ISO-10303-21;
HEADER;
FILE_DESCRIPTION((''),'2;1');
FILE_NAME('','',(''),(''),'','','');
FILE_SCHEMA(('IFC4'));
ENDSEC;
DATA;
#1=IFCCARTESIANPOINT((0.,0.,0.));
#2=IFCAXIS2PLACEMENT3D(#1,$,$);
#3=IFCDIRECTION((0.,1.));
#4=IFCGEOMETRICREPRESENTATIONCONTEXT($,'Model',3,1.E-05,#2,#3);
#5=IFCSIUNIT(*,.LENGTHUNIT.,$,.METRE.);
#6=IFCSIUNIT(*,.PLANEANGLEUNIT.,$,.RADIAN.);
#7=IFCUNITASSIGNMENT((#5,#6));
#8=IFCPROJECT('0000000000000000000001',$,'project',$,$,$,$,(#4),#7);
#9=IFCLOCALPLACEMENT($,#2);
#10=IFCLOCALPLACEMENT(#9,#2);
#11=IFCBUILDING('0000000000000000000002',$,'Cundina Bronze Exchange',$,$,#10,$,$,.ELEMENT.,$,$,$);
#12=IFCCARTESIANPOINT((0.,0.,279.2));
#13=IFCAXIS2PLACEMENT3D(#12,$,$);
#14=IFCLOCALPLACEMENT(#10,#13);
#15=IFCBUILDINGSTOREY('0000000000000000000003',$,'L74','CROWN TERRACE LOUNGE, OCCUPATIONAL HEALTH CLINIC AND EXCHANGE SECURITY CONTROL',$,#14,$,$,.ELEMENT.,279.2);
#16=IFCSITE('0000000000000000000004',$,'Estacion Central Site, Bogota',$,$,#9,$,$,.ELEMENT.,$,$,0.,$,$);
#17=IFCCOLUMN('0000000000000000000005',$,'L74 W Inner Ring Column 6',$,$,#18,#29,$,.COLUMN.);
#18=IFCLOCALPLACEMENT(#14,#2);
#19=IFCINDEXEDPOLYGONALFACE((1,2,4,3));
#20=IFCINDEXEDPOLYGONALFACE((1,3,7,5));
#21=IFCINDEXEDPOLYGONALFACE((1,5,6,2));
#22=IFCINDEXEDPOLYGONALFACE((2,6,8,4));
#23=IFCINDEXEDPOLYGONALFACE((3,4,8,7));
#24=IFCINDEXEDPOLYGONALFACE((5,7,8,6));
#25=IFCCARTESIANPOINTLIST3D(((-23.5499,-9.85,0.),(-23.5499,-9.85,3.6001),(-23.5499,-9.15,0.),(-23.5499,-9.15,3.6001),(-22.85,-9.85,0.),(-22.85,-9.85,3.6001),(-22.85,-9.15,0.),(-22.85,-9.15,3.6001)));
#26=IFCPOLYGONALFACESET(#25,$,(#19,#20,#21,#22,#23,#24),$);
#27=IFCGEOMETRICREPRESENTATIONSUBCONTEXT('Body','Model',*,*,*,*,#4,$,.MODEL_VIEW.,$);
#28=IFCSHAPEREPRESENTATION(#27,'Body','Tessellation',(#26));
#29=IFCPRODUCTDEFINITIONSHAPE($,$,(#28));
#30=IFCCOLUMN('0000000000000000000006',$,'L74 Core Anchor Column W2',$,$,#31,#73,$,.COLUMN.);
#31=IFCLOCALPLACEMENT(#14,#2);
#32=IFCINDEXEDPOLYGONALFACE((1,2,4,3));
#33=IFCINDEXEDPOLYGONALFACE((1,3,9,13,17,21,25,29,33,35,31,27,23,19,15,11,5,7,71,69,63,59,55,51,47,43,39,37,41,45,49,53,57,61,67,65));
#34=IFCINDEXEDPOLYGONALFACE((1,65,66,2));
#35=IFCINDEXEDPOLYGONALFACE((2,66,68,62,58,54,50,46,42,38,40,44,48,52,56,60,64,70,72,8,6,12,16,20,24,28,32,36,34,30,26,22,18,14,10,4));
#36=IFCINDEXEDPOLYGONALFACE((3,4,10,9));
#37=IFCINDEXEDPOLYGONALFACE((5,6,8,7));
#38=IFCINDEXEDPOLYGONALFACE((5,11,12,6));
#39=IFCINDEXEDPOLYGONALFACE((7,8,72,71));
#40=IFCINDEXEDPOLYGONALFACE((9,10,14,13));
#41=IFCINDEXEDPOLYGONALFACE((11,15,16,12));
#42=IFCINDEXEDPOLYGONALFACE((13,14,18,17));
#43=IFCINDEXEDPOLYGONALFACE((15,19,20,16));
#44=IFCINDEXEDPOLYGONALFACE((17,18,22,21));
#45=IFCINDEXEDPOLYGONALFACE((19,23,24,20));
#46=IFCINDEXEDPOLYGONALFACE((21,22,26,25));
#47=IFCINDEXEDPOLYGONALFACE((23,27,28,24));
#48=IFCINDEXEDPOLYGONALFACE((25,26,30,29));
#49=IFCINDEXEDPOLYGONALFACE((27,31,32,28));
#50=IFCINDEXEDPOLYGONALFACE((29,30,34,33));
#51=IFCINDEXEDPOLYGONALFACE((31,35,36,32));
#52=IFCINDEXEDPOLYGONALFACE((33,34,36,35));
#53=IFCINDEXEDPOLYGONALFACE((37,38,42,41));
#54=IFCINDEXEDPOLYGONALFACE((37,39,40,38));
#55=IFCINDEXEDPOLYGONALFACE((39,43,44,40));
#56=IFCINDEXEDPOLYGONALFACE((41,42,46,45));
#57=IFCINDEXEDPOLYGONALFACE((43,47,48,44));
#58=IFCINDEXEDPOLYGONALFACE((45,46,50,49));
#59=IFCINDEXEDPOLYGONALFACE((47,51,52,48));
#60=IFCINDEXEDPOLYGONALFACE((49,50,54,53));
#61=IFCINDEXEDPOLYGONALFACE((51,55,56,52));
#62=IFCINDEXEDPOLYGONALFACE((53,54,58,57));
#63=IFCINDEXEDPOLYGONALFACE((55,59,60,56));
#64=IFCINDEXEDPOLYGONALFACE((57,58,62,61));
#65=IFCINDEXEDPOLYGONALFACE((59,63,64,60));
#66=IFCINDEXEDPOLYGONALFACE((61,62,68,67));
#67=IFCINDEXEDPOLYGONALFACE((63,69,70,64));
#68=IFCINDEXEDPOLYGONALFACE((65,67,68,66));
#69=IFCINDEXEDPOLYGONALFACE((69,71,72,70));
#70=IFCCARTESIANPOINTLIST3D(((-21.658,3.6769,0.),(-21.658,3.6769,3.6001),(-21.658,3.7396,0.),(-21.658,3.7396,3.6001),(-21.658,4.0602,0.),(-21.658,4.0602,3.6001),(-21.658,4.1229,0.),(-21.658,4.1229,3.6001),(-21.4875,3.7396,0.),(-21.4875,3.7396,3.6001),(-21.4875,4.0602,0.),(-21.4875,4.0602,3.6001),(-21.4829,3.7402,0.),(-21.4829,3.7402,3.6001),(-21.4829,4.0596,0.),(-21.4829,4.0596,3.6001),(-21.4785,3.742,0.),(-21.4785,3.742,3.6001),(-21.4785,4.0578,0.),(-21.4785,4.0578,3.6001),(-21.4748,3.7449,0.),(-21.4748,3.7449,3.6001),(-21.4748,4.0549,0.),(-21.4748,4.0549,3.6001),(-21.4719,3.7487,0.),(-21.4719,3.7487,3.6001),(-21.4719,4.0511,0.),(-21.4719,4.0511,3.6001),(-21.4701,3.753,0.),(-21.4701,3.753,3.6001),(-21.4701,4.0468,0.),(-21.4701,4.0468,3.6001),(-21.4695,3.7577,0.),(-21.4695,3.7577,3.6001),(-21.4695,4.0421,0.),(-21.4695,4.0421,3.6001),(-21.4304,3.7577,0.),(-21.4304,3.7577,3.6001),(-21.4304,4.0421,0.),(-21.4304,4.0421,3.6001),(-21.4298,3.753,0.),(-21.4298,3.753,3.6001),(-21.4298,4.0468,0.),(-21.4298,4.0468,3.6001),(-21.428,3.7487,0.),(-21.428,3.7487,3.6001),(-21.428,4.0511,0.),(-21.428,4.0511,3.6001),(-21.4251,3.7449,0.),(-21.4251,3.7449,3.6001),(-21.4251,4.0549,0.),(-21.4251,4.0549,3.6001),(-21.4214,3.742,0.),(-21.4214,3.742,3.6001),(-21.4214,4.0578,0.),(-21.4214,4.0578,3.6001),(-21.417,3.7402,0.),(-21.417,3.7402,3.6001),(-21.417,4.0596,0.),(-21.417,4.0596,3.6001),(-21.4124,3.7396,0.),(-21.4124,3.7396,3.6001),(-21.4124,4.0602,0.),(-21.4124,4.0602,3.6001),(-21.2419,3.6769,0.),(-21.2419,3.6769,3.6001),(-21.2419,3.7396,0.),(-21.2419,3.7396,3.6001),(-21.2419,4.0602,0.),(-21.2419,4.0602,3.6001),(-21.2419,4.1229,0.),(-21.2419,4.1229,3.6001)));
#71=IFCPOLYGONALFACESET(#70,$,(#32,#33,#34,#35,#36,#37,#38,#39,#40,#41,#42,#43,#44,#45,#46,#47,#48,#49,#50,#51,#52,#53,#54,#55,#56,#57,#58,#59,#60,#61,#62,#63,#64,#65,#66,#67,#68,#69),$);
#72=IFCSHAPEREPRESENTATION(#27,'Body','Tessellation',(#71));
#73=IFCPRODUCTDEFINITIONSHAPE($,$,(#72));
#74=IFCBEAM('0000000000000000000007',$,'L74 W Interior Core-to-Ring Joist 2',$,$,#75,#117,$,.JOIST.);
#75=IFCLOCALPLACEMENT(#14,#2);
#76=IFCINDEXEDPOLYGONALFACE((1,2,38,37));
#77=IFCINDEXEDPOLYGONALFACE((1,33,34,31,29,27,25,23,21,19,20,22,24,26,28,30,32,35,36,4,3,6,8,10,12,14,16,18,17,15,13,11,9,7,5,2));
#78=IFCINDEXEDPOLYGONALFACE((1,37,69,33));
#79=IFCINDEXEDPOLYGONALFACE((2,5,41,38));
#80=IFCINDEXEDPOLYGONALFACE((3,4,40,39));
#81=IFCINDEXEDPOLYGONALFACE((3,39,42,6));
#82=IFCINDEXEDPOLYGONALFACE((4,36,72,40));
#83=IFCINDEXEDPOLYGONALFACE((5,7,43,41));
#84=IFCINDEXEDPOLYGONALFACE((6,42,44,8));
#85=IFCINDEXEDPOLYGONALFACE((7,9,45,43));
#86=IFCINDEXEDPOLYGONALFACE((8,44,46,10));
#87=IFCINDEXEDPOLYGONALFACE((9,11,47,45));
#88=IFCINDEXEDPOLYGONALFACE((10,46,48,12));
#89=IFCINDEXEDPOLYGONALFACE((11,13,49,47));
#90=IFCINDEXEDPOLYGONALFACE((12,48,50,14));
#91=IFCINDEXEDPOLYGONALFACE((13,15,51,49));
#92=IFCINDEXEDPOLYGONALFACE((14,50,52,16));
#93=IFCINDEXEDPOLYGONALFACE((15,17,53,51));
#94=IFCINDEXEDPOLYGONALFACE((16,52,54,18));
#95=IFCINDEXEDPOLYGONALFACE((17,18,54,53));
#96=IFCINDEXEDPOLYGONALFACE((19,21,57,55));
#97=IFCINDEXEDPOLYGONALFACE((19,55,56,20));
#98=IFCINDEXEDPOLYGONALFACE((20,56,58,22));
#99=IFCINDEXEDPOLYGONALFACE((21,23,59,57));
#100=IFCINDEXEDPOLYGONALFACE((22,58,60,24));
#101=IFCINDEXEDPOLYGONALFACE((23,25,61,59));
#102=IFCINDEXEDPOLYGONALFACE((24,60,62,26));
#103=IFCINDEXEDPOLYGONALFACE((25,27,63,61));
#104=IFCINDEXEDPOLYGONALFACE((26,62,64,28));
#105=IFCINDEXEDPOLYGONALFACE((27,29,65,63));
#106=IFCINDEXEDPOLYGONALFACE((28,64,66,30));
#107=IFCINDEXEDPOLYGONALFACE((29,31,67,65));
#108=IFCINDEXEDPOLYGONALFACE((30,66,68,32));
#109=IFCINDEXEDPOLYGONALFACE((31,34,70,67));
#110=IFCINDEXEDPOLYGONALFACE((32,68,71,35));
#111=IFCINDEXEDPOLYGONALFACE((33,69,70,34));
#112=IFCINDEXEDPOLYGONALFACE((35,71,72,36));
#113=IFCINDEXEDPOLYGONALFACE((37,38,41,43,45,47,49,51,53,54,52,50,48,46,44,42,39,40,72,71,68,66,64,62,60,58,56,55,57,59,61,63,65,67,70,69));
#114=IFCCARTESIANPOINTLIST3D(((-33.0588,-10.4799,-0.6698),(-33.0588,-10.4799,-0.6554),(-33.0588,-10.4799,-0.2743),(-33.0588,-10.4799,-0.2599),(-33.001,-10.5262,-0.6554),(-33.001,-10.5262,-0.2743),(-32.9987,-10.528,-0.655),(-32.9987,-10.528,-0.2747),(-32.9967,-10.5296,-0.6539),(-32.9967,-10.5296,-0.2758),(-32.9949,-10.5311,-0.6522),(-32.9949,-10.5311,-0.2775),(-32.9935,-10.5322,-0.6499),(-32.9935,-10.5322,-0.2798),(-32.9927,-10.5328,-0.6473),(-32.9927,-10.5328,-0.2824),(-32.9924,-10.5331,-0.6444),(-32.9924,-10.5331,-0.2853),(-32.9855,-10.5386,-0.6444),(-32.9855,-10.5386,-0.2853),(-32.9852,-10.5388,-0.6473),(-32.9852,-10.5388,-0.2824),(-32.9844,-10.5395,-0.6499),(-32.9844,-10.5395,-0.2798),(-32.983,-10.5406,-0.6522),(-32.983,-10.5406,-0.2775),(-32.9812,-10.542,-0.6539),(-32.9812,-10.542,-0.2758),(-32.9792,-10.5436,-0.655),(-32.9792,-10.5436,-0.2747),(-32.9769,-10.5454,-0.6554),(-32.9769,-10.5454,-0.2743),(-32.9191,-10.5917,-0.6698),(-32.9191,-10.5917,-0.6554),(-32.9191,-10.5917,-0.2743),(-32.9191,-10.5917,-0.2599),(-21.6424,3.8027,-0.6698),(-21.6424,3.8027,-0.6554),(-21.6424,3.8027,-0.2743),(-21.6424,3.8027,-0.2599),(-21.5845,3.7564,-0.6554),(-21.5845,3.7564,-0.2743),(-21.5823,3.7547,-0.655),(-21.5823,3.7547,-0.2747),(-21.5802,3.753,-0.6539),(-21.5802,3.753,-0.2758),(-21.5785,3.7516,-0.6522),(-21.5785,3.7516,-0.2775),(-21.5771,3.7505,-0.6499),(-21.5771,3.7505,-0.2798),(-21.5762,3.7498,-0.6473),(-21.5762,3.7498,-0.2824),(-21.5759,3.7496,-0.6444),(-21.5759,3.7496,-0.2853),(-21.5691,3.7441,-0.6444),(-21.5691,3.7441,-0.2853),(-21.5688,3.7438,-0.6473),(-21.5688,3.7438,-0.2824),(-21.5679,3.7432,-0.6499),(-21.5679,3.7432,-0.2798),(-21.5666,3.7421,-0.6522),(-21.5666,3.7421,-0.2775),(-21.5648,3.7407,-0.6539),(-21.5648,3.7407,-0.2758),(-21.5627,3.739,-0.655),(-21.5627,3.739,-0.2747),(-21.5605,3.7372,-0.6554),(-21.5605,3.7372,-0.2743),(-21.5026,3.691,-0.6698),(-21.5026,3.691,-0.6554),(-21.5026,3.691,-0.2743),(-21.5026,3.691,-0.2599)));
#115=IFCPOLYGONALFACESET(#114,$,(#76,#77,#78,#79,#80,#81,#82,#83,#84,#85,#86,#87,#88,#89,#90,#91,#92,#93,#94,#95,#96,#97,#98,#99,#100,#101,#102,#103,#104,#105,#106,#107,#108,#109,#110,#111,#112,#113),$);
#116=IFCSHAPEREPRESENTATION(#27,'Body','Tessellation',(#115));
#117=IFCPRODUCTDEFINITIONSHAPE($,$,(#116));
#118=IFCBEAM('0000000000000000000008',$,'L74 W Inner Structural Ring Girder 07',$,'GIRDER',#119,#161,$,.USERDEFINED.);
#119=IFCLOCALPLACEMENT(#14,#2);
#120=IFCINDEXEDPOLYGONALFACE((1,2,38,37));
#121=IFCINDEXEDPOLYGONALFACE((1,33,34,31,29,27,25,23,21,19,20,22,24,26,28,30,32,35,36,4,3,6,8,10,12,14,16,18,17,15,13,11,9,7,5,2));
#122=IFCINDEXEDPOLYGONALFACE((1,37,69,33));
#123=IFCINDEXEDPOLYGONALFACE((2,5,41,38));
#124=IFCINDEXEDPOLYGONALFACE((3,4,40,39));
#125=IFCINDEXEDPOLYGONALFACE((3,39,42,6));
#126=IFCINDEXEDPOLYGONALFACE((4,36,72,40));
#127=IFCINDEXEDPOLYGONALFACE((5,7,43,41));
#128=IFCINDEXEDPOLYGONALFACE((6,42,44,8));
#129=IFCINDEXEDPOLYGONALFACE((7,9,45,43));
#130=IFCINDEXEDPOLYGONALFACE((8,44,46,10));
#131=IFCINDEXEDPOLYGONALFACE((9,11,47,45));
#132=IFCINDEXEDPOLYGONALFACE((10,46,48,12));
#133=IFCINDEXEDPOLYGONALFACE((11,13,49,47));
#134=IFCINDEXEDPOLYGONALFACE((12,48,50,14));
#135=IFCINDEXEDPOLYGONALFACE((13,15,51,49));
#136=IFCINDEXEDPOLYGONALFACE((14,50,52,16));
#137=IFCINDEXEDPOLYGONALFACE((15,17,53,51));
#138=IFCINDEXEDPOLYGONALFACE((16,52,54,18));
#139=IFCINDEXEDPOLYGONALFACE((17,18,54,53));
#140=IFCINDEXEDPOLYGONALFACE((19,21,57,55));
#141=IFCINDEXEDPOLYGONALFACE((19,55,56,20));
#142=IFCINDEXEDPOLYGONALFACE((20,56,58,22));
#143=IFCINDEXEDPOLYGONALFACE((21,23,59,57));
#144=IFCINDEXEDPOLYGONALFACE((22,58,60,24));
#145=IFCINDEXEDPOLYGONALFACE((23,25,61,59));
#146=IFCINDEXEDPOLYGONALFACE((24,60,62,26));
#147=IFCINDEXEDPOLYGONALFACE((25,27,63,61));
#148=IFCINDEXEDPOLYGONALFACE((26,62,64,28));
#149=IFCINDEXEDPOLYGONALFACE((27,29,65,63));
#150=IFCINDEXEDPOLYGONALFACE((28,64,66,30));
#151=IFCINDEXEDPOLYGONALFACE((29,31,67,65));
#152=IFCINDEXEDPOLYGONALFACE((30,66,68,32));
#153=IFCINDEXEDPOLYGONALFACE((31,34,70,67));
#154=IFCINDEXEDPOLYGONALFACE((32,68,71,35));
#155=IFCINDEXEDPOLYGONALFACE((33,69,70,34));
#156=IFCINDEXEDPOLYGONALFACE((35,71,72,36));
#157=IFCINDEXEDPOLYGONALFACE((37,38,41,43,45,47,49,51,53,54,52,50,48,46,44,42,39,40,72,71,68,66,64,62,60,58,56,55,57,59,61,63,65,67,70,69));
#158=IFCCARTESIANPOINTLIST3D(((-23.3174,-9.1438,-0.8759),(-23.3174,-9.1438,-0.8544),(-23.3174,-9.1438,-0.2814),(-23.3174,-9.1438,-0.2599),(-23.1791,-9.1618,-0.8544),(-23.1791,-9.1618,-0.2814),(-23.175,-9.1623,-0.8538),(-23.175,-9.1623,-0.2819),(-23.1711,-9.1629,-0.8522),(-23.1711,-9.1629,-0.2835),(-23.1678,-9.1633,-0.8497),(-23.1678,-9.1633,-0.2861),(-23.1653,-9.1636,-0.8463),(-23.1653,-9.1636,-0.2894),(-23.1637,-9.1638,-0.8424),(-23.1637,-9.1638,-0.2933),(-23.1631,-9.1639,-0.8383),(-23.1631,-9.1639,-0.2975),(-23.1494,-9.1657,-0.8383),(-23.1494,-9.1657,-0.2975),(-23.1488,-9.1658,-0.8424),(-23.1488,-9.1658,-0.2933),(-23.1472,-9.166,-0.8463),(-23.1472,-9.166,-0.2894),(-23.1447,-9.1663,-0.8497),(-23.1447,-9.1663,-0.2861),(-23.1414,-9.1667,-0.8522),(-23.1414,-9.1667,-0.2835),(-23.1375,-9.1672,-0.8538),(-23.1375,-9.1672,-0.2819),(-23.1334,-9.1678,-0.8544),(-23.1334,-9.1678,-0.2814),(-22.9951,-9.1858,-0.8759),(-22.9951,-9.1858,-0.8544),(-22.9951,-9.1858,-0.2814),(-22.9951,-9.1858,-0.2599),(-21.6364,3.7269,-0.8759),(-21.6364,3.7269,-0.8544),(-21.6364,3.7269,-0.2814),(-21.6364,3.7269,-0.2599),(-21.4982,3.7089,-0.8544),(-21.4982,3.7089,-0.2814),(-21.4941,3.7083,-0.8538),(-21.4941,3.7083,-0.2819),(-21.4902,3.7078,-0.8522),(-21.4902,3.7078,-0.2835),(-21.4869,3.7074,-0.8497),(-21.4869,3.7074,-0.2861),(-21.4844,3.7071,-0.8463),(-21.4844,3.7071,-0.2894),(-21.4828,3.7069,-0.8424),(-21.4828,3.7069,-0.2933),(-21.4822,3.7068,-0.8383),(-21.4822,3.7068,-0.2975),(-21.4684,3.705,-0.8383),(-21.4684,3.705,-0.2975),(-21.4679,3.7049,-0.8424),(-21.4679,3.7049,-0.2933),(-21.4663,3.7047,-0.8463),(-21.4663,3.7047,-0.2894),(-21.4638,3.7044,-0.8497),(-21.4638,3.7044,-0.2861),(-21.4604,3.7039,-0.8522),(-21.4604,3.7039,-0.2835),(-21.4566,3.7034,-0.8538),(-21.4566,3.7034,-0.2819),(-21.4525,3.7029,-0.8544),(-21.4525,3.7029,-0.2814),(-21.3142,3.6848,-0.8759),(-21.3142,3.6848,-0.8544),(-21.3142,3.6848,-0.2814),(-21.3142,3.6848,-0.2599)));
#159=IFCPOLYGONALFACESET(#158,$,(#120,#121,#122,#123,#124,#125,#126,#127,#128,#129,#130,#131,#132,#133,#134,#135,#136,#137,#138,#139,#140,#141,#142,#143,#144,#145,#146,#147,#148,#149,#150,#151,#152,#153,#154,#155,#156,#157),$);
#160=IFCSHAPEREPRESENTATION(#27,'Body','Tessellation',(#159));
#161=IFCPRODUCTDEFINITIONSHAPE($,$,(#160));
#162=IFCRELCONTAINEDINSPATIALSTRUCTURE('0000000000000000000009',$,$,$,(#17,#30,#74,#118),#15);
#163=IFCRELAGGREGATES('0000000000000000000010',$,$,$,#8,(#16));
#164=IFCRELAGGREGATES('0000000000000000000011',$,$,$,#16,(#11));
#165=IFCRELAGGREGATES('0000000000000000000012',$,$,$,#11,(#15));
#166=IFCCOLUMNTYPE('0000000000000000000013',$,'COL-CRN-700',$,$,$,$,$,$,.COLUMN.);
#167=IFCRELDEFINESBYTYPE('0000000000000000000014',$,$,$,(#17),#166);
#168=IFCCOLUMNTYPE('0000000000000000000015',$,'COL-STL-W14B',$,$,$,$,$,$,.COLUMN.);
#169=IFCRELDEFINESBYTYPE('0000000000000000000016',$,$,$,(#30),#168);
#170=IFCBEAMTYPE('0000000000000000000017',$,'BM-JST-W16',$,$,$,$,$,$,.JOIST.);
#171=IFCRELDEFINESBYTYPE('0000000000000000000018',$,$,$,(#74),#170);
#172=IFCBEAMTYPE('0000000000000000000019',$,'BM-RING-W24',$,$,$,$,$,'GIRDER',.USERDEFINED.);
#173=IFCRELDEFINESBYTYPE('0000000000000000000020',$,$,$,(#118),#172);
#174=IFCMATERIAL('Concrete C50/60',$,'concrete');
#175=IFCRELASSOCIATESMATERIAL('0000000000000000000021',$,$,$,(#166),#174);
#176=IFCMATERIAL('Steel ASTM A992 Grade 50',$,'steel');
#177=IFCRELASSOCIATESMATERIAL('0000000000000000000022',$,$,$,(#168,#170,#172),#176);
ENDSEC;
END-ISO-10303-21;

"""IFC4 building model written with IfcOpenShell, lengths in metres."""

from ifc_helpers import new_model, si_unit, direction, frame, origin, origin_2d, place, context, subcontext, project, spatial, rectangle, i_section, extrude, material, material_profile, profile_set, type_object, element, save


model = new_model("IFC4")

# Units and contexts
model_context = context("Model", 3, precision=1e-05, world=origin(), true_north=direction((0.0, 1.0)))
body_context = subcontext(model_context, "Body", "Model", "MODEL_VIEW")
ifc_project = project(units=[si_unit("LENGTHUNIT", "METRE"), si_unit("PLANEANGLEUNIT", "RADIAN")], contexts=[model_context])

# Site, building, storey
site_placement = place(None, origin())
site = spatial("IfcSite", under=ifc_project, at=site_placement, Name="Estacion Central Site, Bogota", CompositionType="ELEMENT", RefElevation=0.0)
building_placement = place(site_placement, origin())
building = spatial("IfcBuilding", under=site, at=building_placement, Name="Cundina Bronze Exchange", CompositionType="ELEMENT")
storey_placement = place(building_placement, frame((0.0, 0.0, 279.2)))
storey = spatial("IfcBuildingStorey", under=building, at=storey_placement, Name="L74", Description="CROWN TERRACE LOUNGE, OCCUPATIONAL HEALTH CLINIC AND EXCHANGE SECURITY CONTROL", CompositionType="ELEMENT", Elevation=279.2)

# Columns
ifc_material_1 = material(Name="Concrete C50/60", Category="concrete")
ifc_material_profile_1 = material_profile(ifc_material_1, rectangle(XDim=0.7, YDim=0.7, at=origin_2d()), Name="RC700X700", Category="concrete")
ifc_profile_set_1 = profile_set([ifc_material_profile_1], Name="Concrete C50/60")
column_type_1 = type_object("IfcColumnType", Name="COL-CRN-700", PredefinedType="COLUMN", material=ifc_profile_set_1)
column_1_placement = place(storey_placement, frame((-23.2, -9.5, 0.0), z_axis=(0.0, 0.0, 1.0), x_axis=(1.0, 0.0, 0.0)))
element("IfcColumn", 1, at=column_1_placement, inside=storey, type_object=column_type_1, Name="L74 W Inner Ring Column 6", PredefinedType="COLUMN", context=body_context, shape_type="SweptSolid", body=[
    extrude(rectangle(XDim=0.7, YDim=0.7, at=origin_2d()), origin(), (0.0, 0.0, 1.0), 3.6001),
])
ifc_material_2 = material(Name="Steel ASTM A992 Grade 50", Category="steel")
ifc_material_profile_2 = material_profile(ifc_material_2, i_section(OverallWidth=0.416, OverallDepth=0.446, WebThickness=0.0391, FlangeThickness=0.0627, FilletRadius=0.0181, at=origin_2d()), Name="W14X342", Category="steel")
ifc_profile_set_2 = profile_set([ifc_material_profile_2], Name="Steel ASTM A992 Grade 50")
column_type_2 = type_object("IfcColumnType", Name="COL-STL-W14B", PredefinedType="COLUMN", material=ifc_profile_set_2)
column_2_placement = place(storey_placement, frame((-21.45, 3.8999, 0.0), z_axis=(0.0, 0.0, 1.0), x_axis=(1.0, 0.0, 0.0)))
element("IfcColumn", 2, at=column_2_placement, inside=storey, type_object=column_type_2, Name="L74 Core Anchor Column W2", PredefinedType="COLUMN", context=body_context, shape_type="SweptSolid", body=[
    extrude(i_section(OverallWidth=0.416, OverallDepth=0.446, WebThickness=0.0391, FlangeThickness=0.0627, FilletRadius=0.0181, at=origin_2d()), origin(), (0.0, 0.0, 1.0), 3.6001),
])

# Beams
ifc_material_profile_3 = material_profile(ifc_material_2, i_section(OverallWidth=0.179, OverallDepth=0.4099, WebThickness=0.0088, FlangeThickness=0.0144, FilletRadius=0.011, at=origin_2d()), Name="W16X45", Category="steel")
ifc_profile_set_3 = profile_set([ifc_material_profile_3], Name="Steel ASTM A992 Grade 50")
beam_type_1 = type_object("IfcBeamType", Name="BM-JST-W16", PredefinedType="JOIST", material=ifc_profile_set_3)
beam_1_placement = place(storey_placement, frame((-21.5725, 3.7468, -0.4648), z_axis=(-0.624373, -0.781127, 0.0), x_axis=(0.781127, -0.624373, 0.0)))
element("IfcBeam", 3, at=beam_1_placement, inside=storey, type_object=beam_type_1, Name="L74 W Interior Core-to-Ring Joist 2", PredefinedType="JOIST", context=body_context, shape_type="SweptSolid", body=[
    extrude(i_section(OverallWidth=0.179, OverallDepth=0.4099, WebThickness=0.0088, FlangeThickness=0.0144, FilletRadius=0.011, at=origin_2d()), origin(), (0.0, 0.0, 1.0), 18.2847),
])
ifc_material_profile_4 = material_profile(ifc_material_2, i_section(OverallWidth=0.325, OverallDepth=0.616, WebThickness=0.0139, FlangeThickness=0.0215, FilletRadius=0.0161, at=origin_2d()), Name="W24X117", Category="steel")
ifc_profile_set_4 = profile_set([ifc_material_profile_4], Name="Steel ASTM A992 Grade 50")
beam_type_2 = type_object("IfcBeamType", Name="BM-RING-W24", ElementType="GIRDER", PredefinedType="USERDEFINED", material=ifc_profile_set_4)
beam_2_placement = place(storey_placement, frame((-23.1562, -9.1648, -0.5679), z_axis=(0.129501, 0.991579, 0.0), x_axis=(-0.991579, 0.129501, 0.0)))
element("IfcBeam", 4, at=beam_2_placement, inside=storey, type_object=beam_type_2, Name="L74 W Inner Structural Ring Girder 07", ObjectType="GIRDER", PredefinedType="USERDEFINED", context=body_context, shape_type="SweptSolid", body=[
    extrude(i_section(OverallWidth=0.325, OverallDepth=0.616, WebThickness=0.0139, FlangeThickness=0.0215, FilletRadius=0.0161, at=origin_2d()), origin(), (0.0, 0.0, 1.0), 12.98),
])

save(model, "model.ifc")
